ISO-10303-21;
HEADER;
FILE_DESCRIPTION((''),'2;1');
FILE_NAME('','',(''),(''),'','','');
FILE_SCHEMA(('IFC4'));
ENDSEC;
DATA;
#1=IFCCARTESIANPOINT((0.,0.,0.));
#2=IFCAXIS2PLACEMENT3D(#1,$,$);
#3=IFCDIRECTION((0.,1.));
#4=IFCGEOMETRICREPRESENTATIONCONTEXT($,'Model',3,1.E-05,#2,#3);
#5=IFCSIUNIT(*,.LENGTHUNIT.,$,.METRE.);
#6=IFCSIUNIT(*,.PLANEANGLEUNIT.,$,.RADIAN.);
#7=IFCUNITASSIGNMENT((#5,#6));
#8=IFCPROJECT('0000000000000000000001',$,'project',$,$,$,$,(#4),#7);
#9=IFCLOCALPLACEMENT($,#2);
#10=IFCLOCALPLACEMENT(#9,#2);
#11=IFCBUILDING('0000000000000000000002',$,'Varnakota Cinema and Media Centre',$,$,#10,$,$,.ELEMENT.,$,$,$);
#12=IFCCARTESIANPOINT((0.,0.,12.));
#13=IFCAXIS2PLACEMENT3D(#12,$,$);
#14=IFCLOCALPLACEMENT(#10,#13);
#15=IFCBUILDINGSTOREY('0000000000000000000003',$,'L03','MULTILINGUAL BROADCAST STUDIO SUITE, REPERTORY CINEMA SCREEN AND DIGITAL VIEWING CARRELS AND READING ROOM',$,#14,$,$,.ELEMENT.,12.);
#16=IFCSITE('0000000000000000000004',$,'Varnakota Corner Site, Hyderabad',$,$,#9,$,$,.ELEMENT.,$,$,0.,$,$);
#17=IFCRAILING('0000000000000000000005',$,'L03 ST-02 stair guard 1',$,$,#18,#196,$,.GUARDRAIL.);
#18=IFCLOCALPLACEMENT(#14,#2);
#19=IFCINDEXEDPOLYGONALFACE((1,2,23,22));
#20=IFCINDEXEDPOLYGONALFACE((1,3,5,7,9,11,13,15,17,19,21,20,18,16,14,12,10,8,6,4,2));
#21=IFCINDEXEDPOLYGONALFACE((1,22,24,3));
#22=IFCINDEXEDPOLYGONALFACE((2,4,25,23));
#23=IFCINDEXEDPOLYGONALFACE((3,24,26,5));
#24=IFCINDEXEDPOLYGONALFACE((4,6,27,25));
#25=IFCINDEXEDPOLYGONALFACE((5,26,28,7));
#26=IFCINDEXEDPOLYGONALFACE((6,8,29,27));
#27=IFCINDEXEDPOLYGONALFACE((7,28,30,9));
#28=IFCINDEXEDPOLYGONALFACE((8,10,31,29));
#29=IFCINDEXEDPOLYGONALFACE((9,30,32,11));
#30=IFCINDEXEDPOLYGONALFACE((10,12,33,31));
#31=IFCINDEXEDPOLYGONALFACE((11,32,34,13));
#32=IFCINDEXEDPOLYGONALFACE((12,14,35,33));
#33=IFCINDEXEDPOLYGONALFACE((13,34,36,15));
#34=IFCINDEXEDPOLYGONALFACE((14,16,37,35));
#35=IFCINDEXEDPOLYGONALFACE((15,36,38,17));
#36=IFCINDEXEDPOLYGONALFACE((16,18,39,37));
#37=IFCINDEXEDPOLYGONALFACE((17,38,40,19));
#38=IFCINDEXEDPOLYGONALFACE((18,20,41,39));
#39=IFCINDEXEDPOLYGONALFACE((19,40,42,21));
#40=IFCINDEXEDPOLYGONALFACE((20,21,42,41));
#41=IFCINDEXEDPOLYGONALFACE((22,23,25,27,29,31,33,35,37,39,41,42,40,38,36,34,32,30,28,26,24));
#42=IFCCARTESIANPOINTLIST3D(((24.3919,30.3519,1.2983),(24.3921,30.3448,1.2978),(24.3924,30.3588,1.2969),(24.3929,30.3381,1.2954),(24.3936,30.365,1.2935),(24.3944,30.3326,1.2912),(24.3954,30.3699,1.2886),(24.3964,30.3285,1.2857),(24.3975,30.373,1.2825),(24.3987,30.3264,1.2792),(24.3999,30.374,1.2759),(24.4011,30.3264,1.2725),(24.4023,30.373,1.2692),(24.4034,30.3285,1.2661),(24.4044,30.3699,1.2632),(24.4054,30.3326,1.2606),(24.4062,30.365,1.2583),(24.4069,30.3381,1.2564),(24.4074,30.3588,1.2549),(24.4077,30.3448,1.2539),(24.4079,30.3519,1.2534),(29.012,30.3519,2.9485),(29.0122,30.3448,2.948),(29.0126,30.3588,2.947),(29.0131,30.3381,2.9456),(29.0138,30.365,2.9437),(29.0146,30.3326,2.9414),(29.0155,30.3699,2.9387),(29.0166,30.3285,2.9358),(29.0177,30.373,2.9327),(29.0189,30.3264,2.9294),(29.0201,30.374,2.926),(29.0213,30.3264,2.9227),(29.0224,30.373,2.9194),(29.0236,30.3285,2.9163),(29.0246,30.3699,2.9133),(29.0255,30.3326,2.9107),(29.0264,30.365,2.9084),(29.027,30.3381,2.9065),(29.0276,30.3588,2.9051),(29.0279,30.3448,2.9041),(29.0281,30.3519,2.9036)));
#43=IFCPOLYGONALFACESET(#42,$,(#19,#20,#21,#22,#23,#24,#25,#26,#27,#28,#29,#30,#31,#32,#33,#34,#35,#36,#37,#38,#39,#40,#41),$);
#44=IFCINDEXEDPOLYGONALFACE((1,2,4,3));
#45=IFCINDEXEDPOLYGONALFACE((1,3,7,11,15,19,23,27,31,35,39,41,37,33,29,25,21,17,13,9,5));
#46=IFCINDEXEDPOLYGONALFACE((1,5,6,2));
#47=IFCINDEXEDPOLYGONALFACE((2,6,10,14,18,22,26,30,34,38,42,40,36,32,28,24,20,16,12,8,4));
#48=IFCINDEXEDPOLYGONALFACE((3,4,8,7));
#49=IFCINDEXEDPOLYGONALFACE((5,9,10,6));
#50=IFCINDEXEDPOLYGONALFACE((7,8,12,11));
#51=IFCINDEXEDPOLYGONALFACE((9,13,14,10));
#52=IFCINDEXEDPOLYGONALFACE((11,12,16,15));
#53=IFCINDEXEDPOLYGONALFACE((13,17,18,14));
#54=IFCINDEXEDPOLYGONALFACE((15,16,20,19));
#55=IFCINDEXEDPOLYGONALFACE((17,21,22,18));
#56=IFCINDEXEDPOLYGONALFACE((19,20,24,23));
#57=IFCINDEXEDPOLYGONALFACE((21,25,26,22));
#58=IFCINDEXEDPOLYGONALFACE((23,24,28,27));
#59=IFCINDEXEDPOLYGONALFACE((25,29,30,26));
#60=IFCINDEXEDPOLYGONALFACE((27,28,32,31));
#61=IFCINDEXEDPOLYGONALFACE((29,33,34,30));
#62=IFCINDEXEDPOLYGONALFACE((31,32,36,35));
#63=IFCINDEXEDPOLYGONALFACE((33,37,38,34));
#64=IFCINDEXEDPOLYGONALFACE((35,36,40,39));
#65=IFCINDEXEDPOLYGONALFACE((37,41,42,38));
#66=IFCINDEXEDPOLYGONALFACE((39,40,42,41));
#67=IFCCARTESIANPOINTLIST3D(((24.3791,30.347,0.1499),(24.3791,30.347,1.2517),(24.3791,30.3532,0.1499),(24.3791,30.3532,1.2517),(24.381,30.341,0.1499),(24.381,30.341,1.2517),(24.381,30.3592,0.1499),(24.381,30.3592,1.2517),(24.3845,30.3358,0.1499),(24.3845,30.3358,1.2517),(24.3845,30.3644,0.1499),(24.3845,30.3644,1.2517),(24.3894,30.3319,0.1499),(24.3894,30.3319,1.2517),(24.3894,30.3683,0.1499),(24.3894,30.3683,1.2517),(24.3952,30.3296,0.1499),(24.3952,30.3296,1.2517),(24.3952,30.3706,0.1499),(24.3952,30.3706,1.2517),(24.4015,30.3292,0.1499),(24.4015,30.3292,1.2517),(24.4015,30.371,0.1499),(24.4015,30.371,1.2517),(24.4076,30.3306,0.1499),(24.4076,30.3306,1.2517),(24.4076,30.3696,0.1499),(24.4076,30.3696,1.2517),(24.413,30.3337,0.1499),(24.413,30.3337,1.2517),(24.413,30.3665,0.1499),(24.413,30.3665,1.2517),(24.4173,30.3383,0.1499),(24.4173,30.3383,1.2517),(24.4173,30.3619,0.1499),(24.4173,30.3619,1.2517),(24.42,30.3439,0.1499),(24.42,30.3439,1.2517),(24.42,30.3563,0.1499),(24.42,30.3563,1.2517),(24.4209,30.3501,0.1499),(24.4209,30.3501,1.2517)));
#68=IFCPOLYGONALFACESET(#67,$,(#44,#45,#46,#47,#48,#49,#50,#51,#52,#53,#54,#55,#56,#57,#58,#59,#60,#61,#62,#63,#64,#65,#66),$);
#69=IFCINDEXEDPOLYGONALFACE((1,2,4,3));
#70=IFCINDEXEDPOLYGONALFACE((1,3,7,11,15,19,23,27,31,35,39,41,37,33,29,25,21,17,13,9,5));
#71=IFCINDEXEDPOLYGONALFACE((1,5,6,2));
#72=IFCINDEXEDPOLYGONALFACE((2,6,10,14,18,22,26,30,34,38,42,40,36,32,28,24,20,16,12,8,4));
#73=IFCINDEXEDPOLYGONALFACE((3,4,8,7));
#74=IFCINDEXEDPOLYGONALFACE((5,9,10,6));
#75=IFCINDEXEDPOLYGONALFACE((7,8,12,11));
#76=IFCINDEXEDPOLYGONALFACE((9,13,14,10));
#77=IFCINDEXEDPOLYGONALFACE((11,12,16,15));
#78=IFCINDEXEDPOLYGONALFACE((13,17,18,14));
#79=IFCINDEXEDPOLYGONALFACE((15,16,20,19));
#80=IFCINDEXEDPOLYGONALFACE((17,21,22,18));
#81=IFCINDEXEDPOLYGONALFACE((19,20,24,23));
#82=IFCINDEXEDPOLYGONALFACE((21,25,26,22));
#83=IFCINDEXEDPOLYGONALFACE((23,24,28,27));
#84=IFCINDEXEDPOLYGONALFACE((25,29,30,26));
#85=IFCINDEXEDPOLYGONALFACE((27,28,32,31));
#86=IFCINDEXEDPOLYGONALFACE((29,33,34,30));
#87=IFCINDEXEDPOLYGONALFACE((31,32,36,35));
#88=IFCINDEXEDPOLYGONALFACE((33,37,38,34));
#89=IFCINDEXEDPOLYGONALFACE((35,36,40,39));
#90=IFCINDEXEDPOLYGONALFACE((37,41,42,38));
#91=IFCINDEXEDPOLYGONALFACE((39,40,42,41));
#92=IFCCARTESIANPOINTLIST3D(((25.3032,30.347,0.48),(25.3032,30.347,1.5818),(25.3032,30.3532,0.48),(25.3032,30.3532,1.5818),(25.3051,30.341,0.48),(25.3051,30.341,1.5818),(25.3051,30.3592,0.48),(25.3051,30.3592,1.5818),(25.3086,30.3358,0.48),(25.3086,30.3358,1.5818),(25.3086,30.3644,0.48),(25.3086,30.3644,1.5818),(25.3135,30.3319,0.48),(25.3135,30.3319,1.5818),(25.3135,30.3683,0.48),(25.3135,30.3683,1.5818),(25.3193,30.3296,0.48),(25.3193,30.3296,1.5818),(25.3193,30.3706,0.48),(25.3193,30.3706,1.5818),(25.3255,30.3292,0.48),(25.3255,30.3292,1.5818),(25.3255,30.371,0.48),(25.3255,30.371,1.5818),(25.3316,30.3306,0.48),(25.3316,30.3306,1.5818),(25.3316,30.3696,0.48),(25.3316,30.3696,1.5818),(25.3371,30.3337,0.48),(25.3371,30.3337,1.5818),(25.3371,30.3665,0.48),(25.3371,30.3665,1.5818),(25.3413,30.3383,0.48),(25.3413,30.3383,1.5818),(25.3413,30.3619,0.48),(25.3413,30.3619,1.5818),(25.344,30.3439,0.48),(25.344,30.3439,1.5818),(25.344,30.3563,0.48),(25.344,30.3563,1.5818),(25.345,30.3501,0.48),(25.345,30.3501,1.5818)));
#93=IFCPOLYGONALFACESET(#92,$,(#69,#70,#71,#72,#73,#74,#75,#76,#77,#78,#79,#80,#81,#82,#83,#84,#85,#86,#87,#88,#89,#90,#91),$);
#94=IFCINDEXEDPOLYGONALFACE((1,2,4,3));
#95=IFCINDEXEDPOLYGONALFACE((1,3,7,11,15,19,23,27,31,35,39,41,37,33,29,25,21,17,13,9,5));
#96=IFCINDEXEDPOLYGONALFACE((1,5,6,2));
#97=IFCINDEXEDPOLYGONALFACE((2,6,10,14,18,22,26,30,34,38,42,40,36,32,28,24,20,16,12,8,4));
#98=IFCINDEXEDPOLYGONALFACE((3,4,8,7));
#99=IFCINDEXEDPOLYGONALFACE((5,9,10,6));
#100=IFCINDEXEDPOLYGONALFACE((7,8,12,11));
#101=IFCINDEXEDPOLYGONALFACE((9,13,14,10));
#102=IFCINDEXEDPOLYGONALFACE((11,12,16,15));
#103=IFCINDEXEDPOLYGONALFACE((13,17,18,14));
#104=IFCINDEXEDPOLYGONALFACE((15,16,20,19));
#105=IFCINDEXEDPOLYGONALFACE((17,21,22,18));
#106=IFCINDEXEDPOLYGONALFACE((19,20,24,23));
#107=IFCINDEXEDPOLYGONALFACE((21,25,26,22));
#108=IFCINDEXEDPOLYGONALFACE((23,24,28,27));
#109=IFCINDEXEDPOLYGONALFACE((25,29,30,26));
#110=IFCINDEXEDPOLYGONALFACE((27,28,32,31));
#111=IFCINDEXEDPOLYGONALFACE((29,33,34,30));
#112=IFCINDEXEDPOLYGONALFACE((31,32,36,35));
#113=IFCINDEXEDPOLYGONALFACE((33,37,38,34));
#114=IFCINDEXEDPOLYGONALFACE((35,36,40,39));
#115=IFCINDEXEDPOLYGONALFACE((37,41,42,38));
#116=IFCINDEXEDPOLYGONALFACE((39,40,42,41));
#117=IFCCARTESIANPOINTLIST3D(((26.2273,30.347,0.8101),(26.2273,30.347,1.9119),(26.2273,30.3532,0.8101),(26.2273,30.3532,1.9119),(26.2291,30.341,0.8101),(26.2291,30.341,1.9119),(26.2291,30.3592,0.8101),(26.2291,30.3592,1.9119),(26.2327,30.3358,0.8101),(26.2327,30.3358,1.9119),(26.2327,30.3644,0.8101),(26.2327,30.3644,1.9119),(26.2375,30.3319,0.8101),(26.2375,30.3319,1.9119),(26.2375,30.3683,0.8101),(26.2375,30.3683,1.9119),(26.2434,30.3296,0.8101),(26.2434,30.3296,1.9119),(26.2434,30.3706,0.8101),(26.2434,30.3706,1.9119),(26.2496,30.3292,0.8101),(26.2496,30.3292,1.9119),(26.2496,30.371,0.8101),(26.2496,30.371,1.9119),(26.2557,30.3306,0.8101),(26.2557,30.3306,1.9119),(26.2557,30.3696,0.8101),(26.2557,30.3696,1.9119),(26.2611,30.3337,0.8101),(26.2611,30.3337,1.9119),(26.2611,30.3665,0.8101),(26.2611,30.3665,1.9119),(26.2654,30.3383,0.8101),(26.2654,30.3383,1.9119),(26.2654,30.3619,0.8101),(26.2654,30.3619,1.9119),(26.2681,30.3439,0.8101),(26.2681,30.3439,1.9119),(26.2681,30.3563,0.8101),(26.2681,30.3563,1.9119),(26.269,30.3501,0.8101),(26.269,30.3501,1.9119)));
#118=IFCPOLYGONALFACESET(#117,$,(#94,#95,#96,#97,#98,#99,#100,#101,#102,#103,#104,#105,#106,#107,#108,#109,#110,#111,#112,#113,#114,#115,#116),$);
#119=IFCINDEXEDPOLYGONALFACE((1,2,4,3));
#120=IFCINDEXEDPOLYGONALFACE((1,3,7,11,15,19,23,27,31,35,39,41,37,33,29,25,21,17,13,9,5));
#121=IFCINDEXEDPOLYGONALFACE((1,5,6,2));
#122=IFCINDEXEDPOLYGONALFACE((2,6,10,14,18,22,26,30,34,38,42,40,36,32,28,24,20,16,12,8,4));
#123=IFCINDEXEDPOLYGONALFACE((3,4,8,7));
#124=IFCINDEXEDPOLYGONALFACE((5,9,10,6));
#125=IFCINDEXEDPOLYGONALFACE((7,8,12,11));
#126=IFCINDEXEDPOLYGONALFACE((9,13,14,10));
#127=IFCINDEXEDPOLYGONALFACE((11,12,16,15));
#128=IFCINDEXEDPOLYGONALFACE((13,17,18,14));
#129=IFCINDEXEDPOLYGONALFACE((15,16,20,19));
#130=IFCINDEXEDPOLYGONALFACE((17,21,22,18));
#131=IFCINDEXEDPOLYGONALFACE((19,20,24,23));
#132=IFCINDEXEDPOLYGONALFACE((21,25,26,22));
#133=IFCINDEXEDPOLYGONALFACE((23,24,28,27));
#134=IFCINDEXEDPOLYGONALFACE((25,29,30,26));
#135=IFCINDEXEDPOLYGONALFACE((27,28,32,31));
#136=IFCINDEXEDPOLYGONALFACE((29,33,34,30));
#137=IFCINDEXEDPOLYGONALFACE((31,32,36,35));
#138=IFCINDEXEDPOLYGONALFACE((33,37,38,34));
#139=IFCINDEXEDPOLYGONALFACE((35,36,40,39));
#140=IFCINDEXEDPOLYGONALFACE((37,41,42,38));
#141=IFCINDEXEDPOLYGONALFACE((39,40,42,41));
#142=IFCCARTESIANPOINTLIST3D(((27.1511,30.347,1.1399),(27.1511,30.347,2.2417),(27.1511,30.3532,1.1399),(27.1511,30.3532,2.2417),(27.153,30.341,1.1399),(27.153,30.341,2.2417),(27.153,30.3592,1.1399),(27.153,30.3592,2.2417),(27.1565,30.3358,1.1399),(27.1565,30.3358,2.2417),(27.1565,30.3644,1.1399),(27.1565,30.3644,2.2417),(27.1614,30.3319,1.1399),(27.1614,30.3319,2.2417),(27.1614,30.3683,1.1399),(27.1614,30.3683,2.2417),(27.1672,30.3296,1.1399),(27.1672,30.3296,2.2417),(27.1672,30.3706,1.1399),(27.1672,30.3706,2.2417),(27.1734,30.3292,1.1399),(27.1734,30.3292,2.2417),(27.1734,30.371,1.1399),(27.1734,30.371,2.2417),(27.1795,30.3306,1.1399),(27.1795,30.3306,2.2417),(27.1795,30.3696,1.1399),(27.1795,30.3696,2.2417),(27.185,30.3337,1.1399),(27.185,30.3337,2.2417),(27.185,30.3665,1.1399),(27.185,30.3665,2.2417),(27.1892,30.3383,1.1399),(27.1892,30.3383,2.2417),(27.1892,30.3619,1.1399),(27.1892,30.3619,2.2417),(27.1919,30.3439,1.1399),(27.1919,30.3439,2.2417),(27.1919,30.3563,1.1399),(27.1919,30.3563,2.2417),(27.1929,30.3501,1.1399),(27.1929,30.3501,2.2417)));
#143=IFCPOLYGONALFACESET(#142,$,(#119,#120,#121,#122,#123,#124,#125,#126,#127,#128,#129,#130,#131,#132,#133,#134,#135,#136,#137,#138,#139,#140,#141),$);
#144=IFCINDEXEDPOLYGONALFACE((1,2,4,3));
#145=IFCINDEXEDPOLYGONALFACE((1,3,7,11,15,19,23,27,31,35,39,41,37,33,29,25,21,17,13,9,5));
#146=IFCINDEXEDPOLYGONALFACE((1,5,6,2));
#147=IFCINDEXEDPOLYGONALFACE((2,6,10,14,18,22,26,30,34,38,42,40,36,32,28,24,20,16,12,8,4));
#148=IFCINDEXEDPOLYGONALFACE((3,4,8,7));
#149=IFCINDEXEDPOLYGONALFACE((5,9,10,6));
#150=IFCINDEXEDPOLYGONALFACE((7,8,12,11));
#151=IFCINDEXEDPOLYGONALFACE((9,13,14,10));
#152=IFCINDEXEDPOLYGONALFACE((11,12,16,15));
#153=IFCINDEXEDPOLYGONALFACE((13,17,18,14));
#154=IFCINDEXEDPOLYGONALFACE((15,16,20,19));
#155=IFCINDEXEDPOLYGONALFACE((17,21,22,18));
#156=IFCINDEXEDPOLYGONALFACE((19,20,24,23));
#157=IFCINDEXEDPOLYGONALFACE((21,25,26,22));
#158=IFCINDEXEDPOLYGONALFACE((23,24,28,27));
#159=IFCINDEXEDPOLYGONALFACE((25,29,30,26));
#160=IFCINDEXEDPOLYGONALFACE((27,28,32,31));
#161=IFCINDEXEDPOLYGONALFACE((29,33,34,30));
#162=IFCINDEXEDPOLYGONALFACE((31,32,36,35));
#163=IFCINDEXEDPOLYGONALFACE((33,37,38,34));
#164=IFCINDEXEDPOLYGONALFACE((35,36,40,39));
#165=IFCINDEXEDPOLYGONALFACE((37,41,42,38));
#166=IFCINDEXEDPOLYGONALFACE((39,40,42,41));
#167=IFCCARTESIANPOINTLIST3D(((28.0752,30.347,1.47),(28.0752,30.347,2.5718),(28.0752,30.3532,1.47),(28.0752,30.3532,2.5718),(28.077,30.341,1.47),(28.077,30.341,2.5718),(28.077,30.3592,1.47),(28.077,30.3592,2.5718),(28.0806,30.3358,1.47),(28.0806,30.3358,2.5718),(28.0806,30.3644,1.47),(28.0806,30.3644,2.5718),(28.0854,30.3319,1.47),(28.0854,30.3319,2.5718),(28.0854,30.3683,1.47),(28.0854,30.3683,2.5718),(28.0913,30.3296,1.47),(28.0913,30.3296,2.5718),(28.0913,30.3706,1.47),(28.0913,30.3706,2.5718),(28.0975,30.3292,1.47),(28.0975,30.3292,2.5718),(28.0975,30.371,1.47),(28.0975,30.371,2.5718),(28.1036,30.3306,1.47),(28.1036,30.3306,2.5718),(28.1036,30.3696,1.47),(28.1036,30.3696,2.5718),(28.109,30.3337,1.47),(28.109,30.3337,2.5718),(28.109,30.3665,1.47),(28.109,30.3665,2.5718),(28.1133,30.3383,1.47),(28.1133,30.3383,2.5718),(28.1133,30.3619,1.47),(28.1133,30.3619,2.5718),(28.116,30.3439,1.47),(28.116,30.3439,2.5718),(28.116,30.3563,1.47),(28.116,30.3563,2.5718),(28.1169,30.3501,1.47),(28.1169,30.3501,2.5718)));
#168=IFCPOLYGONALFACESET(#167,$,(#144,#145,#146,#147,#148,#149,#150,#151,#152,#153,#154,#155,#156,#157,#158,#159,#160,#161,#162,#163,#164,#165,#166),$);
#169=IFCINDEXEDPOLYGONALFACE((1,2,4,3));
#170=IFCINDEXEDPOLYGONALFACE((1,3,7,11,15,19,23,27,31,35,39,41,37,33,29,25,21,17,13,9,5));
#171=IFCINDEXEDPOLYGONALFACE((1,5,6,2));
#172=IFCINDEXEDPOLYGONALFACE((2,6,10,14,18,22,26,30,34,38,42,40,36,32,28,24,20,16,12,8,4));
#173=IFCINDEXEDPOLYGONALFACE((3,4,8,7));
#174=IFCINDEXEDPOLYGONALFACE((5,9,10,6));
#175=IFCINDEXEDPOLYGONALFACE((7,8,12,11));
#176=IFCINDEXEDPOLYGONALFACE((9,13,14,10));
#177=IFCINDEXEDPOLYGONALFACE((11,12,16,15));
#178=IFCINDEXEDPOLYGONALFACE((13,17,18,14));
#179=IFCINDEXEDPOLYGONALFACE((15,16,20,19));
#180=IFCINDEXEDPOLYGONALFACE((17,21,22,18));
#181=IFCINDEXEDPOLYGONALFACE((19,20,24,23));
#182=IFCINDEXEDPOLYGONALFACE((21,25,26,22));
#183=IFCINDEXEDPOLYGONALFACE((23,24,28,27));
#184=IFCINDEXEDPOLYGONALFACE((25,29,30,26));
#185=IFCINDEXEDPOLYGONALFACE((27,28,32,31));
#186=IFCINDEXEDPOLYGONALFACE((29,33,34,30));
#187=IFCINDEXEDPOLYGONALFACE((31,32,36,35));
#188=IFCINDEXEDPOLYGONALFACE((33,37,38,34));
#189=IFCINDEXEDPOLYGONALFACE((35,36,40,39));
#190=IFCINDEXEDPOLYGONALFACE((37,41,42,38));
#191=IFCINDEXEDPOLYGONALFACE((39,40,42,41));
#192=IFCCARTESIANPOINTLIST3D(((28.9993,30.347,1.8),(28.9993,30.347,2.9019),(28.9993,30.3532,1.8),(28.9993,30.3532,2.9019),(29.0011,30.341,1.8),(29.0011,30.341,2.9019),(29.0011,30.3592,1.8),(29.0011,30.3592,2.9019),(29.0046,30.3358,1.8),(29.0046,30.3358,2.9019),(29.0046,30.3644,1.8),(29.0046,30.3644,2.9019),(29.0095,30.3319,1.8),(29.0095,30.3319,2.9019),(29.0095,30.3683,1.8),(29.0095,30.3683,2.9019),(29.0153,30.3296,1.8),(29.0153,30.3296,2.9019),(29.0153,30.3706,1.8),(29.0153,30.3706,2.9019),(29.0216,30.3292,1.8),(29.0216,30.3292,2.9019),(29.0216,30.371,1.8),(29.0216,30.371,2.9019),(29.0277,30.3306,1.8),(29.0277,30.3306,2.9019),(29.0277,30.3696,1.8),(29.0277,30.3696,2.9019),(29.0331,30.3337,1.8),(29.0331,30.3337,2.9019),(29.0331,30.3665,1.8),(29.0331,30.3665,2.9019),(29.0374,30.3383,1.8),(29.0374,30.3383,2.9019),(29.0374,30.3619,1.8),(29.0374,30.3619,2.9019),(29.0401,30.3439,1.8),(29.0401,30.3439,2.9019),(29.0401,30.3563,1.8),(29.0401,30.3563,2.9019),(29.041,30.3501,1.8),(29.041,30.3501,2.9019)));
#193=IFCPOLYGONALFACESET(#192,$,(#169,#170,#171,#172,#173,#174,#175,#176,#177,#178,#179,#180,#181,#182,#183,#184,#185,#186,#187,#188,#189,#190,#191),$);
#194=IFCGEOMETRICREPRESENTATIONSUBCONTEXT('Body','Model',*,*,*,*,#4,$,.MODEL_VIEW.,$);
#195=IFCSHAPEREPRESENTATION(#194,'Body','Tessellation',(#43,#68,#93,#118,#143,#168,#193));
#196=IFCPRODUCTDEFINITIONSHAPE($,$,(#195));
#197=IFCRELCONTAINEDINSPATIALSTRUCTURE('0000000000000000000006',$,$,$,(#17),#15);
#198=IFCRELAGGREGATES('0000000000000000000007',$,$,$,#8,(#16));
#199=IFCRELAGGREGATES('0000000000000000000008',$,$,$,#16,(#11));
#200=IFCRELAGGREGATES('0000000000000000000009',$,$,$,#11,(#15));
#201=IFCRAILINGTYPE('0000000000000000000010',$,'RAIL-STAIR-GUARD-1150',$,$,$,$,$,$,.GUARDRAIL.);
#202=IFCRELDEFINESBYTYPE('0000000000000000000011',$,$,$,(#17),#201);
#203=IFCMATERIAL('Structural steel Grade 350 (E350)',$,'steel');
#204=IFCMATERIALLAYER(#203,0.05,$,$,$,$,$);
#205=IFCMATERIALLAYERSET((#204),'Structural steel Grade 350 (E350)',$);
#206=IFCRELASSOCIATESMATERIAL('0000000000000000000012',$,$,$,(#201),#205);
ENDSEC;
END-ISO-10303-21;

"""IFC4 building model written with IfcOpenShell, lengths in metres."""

from ifc_helpers import new_model, si_unit, direction, frame, origin, origin_2d, place, context, subcontext, project, spatial, circle, extrude, material, layer, layer_set, type_object, element, save


model = new_model("IFC4")

# Units and contexts
model_context = context("Model", 3, precision=1e-05, world=origin(), true_north=direction((0.0, 1.0)))
body_context = subcontext(model_context, "Body", "Model", "MODEL_VIEW")
ifc_project = project(units=[si_unit("LENGTHUNIT", "METRE"), si_unit("PLANEANGLEUNIT", "RADIAN")], contexts=[model_context])

# Site, building, storey
site_placement = place(None, origin())
site = spatial("IfcSite", under=ifc_project, at=site_placement, Name="Varnakota Corner Site, Hyderabad", CompositionType="ELEMENT", RefElevation=0.0)
building_placement = place(site_placement, origin())
building = spatial("IfcBuilding", under=site, at=building_placement, Name="Varnakota Cinema and Media Centre", CompositionType="ELEMENT")
storey_placement = place(building_placement, frame((0.0, 0.0, 12.0)))
storey = spatial("IfcBuildingStorey", under=building, at=storey_placement, Name="L03", Description="MULTILINGUAL BROADCAST STUDIO SUITE, REPERTORY CINEMA SCREEN AND DIGITAL VIEWING CARRELS AND READING ROOM", CompositionType="ELEMENT", Elevation=12.0)

# Railing
ifc_material_1 = material(Name="Structural steel Grade 350 (E350)", Category="steel")
ifc_layer_1 = layer(ifc_material_1, 0.05)
ifc_layer_set_1 = layer_set([ifc_layer_1], Name="Structural steel Grade 350 (E350)")
railing_type_1 = type_object("IfcRailingType", Name="RAIL-STAIR-GUARD-1150", PredefinedType="GUARDRAIL", material=ifc_layer_set_1)
railing_1_placement = place(storey_placement, frame((24.3999, 30.3501, 0.1499)))
element("IfcRailing", 1, at=railing_1_placement, inside=storey, type_object=railing_type_1, Name="L03 ST-02 stair guard 1", PredefinedType="GUARDRAIL", context=body_context, shape_type="SweptSolid", body=[
    extrude(circle(Radius=0.0239, at=origin_2d()), frame((0.0, 0.0, 1.126), z_axis=(0.941735, 0.0, 0.336355), x_axis=(0.0, 1.0, 0.0)), (0.0, 0.0, 1.0), 4.906),
    extrude(circle(Radius=0.021, at=origin_2d()), origin(), (0.0, 0.0, 1.0), 1.1018),
    extrude(circle(Radius=0.021, at=origin_2d()), frame((0.9241, 0.0, 0.3301)), (0.0, 0.0, 1.0), 1.1018),
    extrude(circle(Radius=0.021, at=origin_2d()), frame((1.8481, 0.0, 0.6602)), (0.0, 0.0, 1.0), 1.1018),
    extrude(circle(Radius=0.021, at=origin_2d()), frame((2.772, 0.0, 0.99)), (0.0, 0.0, 1.0), 1.1018),
    extrude(circle(Radius=0.021, at=origin_2d()), frame((3.696, 0.0, 1.3201)), (0.0, 0.0, 1.0), 1.1018),
    extrude(circle(Radius=0.021, at=origin_2d()), frame((4.6201, 0.0, 1.6501)), (0.0, 0.0, 1.0), 1.1018),
])

save(model, "model.ifc")
